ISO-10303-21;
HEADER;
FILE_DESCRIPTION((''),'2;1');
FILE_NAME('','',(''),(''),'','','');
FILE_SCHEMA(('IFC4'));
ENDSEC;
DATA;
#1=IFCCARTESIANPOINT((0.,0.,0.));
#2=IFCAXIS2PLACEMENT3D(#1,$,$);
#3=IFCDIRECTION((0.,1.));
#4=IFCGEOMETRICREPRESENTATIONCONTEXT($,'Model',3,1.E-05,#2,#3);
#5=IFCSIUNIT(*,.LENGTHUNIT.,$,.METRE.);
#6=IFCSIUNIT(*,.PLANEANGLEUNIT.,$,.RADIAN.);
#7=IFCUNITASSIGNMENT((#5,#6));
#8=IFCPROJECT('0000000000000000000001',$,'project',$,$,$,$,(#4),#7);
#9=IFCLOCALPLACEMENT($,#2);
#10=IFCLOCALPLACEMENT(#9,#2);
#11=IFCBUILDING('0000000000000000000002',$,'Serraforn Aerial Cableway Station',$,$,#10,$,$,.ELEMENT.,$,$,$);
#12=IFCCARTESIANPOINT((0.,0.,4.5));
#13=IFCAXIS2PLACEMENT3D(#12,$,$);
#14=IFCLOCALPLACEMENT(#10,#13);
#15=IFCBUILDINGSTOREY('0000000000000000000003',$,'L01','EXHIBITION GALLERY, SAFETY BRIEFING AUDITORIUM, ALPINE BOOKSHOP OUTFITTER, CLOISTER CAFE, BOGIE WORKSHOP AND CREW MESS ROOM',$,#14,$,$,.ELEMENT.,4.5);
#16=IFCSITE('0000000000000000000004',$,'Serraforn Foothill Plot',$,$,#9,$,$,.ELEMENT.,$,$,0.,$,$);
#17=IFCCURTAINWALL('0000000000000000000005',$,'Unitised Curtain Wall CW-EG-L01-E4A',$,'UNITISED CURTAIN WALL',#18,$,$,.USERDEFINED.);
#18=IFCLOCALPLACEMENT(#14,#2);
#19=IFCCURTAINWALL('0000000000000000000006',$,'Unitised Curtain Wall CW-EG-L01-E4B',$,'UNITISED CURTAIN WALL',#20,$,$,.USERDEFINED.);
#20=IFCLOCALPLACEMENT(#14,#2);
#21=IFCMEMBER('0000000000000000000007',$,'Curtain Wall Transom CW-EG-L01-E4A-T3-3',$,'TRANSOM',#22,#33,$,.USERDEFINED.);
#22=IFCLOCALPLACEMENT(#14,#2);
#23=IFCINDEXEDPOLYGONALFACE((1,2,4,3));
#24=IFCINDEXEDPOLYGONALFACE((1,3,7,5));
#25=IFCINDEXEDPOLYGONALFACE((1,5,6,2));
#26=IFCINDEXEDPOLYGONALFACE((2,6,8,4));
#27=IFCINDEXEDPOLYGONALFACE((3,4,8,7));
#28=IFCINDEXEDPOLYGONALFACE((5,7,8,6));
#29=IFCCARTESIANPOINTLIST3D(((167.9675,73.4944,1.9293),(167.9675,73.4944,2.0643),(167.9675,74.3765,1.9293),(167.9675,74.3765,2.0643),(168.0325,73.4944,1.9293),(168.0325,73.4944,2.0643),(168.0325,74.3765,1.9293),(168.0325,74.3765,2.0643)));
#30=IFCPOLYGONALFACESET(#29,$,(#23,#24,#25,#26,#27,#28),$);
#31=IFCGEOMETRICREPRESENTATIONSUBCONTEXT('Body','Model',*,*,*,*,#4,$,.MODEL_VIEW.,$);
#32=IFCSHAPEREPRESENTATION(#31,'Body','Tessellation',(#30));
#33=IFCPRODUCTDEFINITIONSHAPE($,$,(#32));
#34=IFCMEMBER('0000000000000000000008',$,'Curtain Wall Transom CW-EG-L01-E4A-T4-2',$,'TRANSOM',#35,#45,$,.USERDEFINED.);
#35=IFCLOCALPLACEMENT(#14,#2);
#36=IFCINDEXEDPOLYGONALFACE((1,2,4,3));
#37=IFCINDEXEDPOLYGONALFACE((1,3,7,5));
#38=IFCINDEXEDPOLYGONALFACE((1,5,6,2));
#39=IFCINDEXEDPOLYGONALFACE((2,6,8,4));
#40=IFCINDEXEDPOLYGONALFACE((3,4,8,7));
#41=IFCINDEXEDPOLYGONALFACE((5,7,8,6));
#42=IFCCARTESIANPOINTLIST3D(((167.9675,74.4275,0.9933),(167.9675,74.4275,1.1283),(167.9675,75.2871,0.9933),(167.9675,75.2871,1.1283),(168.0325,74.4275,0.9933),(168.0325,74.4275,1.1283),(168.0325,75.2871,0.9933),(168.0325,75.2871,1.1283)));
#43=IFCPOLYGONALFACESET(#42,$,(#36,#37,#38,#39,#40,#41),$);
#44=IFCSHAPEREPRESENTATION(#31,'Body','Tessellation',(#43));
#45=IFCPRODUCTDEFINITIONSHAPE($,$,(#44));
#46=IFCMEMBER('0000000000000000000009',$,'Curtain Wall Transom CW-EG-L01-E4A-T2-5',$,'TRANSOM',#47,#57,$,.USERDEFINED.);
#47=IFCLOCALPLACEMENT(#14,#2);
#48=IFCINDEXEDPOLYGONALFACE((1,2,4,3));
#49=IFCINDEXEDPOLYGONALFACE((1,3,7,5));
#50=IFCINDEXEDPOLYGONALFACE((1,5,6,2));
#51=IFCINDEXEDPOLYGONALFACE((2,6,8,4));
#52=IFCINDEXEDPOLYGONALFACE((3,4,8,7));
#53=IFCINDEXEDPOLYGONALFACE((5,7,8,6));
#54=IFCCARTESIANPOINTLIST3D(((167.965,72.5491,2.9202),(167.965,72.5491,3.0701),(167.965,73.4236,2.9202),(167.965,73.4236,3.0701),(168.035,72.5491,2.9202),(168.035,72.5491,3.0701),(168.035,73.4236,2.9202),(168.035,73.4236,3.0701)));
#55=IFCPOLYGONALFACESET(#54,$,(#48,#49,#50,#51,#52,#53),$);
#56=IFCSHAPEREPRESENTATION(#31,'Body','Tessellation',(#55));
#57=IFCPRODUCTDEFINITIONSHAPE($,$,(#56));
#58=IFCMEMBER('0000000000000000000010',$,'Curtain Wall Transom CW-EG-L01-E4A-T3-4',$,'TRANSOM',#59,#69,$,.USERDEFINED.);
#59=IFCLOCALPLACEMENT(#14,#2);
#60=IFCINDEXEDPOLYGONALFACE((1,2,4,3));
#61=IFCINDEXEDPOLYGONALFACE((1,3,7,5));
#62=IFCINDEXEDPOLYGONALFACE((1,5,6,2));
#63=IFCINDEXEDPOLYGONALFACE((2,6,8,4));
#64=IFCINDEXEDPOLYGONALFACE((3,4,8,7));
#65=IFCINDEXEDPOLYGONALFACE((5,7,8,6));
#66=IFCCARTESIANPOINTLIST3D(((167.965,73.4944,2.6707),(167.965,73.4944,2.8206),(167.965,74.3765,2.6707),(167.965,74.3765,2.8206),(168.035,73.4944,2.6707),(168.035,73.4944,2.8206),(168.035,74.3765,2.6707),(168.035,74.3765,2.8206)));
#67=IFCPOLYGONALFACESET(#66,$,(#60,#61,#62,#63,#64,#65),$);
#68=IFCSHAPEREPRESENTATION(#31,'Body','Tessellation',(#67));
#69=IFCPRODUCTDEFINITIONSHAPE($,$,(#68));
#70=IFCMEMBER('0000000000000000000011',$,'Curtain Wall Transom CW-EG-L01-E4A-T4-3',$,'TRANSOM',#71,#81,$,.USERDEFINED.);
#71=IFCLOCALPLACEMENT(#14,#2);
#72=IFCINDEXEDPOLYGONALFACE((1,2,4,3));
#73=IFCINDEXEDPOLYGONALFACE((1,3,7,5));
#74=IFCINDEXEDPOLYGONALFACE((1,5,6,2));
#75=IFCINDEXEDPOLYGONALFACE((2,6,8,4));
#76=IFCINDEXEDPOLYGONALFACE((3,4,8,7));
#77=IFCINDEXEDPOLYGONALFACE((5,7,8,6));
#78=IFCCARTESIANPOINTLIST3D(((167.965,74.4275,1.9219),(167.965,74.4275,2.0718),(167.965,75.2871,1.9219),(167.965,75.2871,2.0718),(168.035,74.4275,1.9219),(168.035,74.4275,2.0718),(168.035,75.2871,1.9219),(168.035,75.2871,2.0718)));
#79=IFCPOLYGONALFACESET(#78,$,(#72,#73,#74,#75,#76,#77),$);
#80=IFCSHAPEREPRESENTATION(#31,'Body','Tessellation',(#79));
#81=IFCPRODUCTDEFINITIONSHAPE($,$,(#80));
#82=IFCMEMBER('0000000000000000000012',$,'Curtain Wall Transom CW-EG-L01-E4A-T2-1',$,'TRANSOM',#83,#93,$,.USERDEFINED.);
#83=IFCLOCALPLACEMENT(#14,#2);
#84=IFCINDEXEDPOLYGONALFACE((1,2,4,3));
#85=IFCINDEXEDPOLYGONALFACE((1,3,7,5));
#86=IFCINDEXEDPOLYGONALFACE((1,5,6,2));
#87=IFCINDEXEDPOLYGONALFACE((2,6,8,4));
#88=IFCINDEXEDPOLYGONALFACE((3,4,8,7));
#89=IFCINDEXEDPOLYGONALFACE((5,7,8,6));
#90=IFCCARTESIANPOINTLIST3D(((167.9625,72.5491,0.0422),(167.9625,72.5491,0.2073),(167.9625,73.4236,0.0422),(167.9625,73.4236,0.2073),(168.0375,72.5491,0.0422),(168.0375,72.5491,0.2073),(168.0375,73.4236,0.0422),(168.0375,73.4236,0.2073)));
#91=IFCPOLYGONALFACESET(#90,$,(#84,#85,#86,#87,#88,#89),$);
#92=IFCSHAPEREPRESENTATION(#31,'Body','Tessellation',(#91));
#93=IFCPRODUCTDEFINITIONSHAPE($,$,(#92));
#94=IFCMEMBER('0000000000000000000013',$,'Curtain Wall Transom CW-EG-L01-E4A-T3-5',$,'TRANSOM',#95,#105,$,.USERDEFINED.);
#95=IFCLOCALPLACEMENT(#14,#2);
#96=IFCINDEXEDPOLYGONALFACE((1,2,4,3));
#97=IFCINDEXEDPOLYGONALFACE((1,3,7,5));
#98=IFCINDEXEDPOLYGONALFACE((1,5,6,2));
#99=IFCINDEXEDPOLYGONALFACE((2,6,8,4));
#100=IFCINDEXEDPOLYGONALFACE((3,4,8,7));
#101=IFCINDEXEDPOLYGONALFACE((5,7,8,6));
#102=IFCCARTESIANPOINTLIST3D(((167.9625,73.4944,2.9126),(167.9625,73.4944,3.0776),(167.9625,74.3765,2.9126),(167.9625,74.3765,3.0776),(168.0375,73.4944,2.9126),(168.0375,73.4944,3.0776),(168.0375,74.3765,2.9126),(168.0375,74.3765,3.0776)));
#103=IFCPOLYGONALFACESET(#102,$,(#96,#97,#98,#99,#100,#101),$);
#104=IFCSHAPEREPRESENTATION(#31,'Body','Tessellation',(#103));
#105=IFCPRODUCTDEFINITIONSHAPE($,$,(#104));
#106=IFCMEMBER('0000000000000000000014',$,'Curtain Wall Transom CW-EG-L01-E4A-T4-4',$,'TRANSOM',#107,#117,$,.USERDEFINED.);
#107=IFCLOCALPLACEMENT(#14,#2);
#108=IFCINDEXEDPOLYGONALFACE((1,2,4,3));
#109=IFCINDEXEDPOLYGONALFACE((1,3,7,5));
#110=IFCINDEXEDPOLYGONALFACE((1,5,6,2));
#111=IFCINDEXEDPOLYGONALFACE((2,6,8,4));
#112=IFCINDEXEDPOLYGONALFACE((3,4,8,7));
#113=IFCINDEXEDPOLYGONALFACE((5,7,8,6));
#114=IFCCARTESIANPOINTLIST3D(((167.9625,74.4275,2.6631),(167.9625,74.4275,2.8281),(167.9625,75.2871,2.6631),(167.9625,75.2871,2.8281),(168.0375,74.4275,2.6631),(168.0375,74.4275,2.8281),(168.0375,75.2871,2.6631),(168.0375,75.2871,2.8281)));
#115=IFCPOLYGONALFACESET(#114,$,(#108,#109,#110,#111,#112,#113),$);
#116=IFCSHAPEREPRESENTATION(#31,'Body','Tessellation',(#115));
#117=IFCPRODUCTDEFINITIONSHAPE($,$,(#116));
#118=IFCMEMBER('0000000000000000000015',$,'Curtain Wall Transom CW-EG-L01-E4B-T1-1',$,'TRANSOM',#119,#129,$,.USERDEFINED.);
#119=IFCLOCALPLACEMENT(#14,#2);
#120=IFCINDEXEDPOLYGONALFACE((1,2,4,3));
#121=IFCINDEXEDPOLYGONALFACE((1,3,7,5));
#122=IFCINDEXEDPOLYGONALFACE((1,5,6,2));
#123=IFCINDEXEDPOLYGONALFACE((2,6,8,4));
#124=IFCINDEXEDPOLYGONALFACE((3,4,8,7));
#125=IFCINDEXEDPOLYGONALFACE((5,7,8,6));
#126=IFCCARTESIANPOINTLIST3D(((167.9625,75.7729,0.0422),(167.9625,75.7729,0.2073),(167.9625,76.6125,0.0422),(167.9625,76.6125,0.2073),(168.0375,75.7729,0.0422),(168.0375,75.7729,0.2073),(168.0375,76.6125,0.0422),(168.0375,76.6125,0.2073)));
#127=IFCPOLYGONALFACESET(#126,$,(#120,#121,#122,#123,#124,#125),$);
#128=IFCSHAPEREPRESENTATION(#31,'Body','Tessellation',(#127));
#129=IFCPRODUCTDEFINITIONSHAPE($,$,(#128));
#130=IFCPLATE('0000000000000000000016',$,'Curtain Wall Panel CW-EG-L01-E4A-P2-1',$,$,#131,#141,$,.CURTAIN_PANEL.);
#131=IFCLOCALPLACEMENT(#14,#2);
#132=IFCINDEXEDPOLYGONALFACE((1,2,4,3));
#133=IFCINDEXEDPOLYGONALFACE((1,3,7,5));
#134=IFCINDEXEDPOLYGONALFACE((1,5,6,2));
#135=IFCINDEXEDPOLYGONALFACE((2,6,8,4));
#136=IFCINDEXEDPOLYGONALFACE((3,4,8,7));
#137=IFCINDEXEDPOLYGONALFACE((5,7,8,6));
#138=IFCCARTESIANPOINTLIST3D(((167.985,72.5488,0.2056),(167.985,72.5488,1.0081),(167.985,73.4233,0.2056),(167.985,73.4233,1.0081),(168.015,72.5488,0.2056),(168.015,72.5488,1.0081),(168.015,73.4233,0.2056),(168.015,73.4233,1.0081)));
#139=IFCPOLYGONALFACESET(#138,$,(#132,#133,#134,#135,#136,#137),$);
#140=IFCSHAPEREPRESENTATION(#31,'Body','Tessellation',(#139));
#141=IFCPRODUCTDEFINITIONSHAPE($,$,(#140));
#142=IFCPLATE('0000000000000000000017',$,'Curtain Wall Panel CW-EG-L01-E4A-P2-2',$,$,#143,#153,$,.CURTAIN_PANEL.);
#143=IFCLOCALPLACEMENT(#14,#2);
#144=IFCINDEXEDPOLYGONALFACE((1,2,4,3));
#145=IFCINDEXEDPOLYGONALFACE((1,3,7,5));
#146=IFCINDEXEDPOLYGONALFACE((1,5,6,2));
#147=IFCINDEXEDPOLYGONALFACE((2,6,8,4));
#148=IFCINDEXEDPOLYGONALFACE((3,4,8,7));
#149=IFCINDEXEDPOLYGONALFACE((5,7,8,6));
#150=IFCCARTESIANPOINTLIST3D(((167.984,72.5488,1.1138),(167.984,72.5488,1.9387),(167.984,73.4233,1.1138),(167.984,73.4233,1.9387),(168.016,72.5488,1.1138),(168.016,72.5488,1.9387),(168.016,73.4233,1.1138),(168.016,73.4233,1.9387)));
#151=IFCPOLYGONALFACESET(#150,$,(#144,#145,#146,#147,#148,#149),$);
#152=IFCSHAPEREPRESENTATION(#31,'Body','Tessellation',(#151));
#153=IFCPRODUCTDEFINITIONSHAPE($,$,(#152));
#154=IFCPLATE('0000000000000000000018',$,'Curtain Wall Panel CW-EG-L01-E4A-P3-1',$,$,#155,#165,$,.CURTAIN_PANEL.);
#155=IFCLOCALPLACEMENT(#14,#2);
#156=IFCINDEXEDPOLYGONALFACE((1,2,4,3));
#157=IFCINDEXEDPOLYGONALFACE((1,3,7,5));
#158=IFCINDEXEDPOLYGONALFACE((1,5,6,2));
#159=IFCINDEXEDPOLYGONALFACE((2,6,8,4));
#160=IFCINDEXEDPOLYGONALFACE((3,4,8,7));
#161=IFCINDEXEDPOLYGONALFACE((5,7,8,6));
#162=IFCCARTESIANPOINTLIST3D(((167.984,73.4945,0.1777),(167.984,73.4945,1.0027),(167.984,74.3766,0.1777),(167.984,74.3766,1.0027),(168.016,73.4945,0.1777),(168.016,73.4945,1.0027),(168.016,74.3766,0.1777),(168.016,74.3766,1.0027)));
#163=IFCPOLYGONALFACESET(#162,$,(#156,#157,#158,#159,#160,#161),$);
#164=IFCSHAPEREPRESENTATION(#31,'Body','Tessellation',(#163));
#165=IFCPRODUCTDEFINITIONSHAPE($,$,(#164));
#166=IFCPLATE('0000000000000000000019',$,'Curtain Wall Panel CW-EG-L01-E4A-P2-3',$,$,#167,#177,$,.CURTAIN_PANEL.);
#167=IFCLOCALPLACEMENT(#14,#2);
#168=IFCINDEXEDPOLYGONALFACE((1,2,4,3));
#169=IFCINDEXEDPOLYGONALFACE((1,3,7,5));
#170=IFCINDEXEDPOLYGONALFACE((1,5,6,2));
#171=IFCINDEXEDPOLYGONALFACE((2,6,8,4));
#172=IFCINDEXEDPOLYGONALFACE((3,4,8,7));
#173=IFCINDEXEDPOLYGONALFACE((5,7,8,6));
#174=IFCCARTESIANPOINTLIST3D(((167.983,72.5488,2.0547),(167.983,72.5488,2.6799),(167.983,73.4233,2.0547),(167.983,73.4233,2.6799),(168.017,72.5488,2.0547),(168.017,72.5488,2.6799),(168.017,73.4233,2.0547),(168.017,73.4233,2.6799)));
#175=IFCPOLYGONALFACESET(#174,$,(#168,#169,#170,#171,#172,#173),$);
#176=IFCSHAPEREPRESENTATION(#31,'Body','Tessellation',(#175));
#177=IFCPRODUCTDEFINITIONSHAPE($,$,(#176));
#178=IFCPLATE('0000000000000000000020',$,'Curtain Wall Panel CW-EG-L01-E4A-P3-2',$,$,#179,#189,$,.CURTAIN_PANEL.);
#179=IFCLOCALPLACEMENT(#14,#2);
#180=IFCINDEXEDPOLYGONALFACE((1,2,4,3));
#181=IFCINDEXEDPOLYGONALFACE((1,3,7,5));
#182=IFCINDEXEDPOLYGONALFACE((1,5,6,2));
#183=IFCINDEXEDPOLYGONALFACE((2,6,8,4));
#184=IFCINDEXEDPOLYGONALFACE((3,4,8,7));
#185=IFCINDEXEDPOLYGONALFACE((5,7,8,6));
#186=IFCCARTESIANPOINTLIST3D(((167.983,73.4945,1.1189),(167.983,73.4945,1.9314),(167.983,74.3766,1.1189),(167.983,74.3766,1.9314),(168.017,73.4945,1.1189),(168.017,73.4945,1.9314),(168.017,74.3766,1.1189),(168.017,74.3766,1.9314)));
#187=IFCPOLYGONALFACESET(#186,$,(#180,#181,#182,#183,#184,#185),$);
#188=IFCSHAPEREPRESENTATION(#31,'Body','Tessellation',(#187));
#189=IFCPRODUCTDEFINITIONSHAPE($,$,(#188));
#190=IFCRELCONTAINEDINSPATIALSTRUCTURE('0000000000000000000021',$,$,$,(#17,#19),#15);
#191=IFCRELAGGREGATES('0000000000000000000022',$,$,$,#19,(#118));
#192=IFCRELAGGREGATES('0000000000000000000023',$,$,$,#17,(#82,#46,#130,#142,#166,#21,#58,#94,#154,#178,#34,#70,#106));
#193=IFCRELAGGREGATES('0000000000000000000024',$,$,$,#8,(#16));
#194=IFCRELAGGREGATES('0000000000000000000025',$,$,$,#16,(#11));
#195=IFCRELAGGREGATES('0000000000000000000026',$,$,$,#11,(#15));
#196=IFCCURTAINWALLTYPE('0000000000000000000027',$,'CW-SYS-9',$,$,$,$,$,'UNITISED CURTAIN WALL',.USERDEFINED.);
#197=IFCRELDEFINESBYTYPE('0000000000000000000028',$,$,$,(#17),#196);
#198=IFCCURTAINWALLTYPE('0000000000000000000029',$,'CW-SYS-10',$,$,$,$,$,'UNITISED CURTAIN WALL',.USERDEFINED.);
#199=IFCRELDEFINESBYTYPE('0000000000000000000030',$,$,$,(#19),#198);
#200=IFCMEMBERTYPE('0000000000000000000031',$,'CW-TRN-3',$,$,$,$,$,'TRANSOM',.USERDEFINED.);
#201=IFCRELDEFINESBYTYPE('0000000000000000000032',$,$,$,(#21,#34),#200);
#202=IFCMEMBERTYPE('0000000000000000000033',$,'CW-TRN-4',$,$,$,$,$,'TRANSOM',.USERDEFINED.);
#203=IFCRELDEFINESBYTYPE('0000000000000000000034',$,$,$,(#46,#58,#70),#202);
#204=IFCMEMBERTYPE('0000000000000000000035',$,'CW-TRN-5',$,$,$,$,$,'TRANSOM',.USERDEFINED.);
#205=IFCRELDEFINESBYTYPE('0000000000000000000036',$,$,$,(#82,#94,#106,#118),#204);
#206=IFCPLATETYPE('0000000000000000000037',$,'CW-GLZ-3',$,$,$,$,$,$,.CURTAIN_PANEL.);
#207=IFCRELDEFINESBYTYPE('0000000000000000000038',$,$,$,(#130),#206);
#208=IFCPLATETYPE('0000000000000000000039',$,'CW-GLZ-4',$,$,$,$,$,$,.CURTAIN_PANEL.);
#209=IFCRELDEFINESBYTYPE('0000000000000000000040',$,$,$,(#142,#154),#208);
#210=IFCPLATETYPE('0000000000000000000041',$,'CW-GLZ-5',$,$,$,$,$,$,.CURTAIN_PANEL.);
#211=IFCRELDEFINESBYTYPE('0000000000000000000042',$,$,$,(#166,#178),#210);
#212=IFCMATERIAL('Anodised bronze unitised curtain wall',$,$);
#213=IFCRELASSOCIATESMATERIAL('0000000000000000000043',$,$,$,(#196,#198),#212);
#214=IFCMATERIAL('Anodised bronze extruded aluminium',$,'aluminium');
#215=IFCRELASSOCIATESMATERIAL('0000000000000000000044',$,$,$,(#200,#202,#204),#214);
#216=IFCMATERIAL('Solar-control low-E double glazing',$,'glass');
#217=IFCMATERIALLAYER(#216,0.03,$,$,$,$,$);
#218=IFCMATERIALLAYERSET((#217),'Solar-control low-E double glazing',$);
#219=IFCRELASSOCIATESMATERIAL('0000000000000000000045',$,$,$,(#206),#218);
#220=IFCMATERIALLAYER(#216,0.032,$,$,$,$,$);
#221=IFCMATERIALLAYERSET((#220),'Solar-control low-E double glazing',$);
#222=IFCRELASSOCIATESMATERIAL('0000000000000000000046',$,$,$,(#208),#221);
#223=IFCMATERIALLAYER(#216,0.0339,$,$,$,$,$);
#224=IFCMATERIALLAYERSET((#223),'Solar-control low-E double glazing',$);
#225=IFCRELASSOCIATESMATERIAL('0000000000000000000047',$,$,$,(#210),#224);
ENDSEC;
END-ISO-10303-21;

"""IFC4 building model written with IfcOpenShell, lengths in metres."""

from ifc_helpers import new_model, si_unit, direction, frame, origin, origin_2d, place, context, subcontext, project, spatial, rectangle, extrude, material, layer, layer_set, material_profile, profile_set, type_object, element, aggregate, save


model = new_model("IFC4")

# Units and contexts
model_context = context("Model", 3, precision=1e-05, world=origin(), true_north=direction((0.0, 1.0)))
body_context = subcontext(model_context, "Body", "Model", "MODEL_VIEW")
ifc_project = project(units=[si_unit("LENGTHUNIT", "METRE"), si_unit("PLANEANGLEUNIT", "RADIAN")], contexts=[model_context])

# Site, building, storey
site_placement = place(None, origin())
site = spatial("IfcSite", under=ifc_project, at=site_placement, Name="Serraforn Foothill Plot", CompositionType="ELEMENT", RefElevation=0.0)
building_placement = place(site_placement, origin())
building = spatial("IfcBuilding", under=site, at=building_placement, Name="Serraforn Aerial Cableway Station", CompositionType="ELEMENT")
storey_placement = place(building_placement, frame((0.0, 0.0, 4.5)))
storey = spatial("IfcBuildingStorey", under=building, at=storey_placement, Name="L01", Description="EXHIBITION GALLERY, SAFETY BRIEFING AUDITORIUM, ALPINE BOOKSHOP OUTFITTER, CLOISTER CAFE, BOGIE WORKSHOP AND CREW MESS ROOM", CompositionType="ELEMENT", Elevation=4.5)

# Curtain wall
ifc_material_1 = material(Name="Anodised bronze unitised curtain wall")
curtain_wall_type_1 = type_object("IfcCurtainWallType", Name="CW-SYS-9", ElementType="UNITISED CURTAIN WALL", PredefinedType="USERDEFINED", material=ifc_material_1)
curtain_wall_1_placement = place(storey_placement, origin())
curtain_wall_1 = element("IfcCurtainWall", 1, at=curtain_wall_1_placement, inside=storey, type_object=curtain_wall_type_1, Name="Unitised Curtain Wall CW-EG-L01-E4A", ObjectType="UNITISED CURTAIN WALL", PredefinedType="USERDEFINED")
ifc_material_2 = material(Name="Anodised bronze extruded aluminium", Category="aluminium")

# Curtain wall
curtain_wall_type_2 = type_object("IfcCurtainWallType", Name="CW-SYS-10", ElementType="UNITISED CURTAIN WALL", PredefinedType="USERDEFINED", material=ifc_material_1)
curtain_wall_2_placement = place(storey_placement, origin())
curtain_wall_2 = element("IfcCurtainWall", 2, at=curtain_wall_2_placement, inside=storey, type_object=curtain_wall_type_2, Name="Unitised Curtain Wall CW-EG-L01-E4B", ObjectType="UNITISED CURTAIN WALL", PredefinedType="USERDEFINED")

# Members
ifc_material_profile_1 = material_profile(ifc_material_2, rectangle(XDim=0.0649, YDim=0.135, at=origin_2d()), Name="CW TRANSOM 65x135")
ifc_profile_set_1 = profile_set([ifc_material_profile_1], Name="Anodised bronze extruded aluminium")
member_type_1 = type_object("IfcMemberType", Name="CW-TRN-3", ElementType="TRANSOM", PredefinedType="USERDEFINED", material=ifc_profile_set_1)
member_1_placement = place(storey_placement, frame((168.0, 73.4944, 1.9968), z_axis=(0.0, 1.0, 0.0), x_axis=(-1.0, 0.0, 0.0)))
member_1 = element("IfcMember", 3, at=member_1_placement, type_object=member_type_1, Name="Curtain Wall Transom CW-EG-L01-E4A-T3-3", ObjectType="TRANSOM", PredefinedType="USERDEFINED", context=body_context, shape_type="SweptSolid", body=[
    extrude(rectangle(XDim=0.0649, YDim=0.135, at=origin_2d()), origin(), (0.0, 0.0, 1.0), 0.8821),
])
member_2_placement = place(storey_placement, frame((168.0, 74.4275, 1.0608), z_axis=(0.0, 1.0, 0.0), x_axis=(-1.0, 0.0, 0.0)))
member_2 = element("IfcMember", 4, at=member_2_placement, type_object=member_type_1, Name="Curtain Wall Transom CW-EG-L01-E4A-T4-2", ObjectType="TRANSOM", PredefinedType="USERDEFINED", context=body_context, shape_type="SweptSolid", body=[
    extrude(rectangle(XDim=0.0649, YDim=0.135, at=origin_2d()), origin(), (0.0, 0.0, 1.0), 0.8596),
])
ifc_material_profile_2 = material_profile(ifc_material_2, rectangle(XDim=0.0701, YDim=0.1499, at=origin_2d()), Name="CW TRANSOM 70x150")
ifc_profile_set_2 = profile_set([ifc_material_profile_2], Name="Anodised bronze extruded aluminium")
member_type_2 = type_object("IfcMemberType", Name="CW-TRN-4", ElementType="TRANSOM", PredefinedType="USERDEFINED", material=ifc_profile_set_2)
member_3_placement = place(storey_placement, frame((168.0, 72.5491, 2.9951), z_axis=(0.0, 1.0, 0.0), x_axis=(-1.0, 0.0, 0.0)))
member_3 = element("IfcMember", 5, at=member_3_placement, type_object=member_type_2, Name="Curtain Wall Transom CW-EG-L01-E4A-T2-5", ObjectType="TRANSOM", PredefinedType="USERDEFINED", context=body_context, shape_type="SweptSolid", body=[
    extrude(rectangle(XDim=0.0701, YDim=0.1499, at=origin_2d()), origin(), (0.0, 0.0, 1.0), 0.8745),
])
member_4_placement = place(storey_placement, frame((168.0, 73.4944, 2.7456), z_axis=(0.0, 1.0, 0.0), x_axis=(-1.0, 0.0, 0.0)))
member_4 = element("IfcMember", 6, at=member_4_placement, type_object=member_type_2, Name="Curtain Wall Transom CW-EG-L01-E4A-T3-4", ObjectType="TRANSOM", PredefinedType="USERDEFINED", context=body_context, shape_type="SweptSolid", body=[
    extrude(rectangle(XDim=0.0701, YDim=0.1499, at=origin_2d()), origin(), (0.0, 0.0, 1.0), 0.8821),
])
member_5_placement = place(storey_placement, frame((168.0, 74.4275, 1.9968), z_axis=(0.0, 1.0, 0.0), x_axis=(-1.0, 0.0, 0.0)))
member_5 = element("IfcMember", 7, at=member_5_placement, type_object=member_type_2, Name="Curtain Wall Transom CW-EG-L01-E4A-T4-3", ObjectType="TRANSOM", PredefinedType="USERDEFINED", context=body_context, shape_type="SweptSolid", body=[
    extrude(rectangle(XDim=0.0701, YDim=0.1499, at=origin_2d()), origin(), (0.0, 0.0, 1.0), 0.8596),
])
ifc_material_profile_3 = material_profile(ifc_material_2, rectangle(XDim=0.075, YDim=0.165, at=origin_2d()), Name="CW TRANSOM 75x165")
ifc_profile_set_3 = profile_set([ifc_material_profile_3], Name="Anodised bronze extruded aluminium")
member_type_3 = type_object("IfcMemberType", Name="CW-TRN-5", ElementType="TRANSOM", PredefinedType="USERDEFINED", material=ifc_profile_set_3)
member_6_placement = place(storey_placement, frame((168.0, 72.5491, 0.1248), z_axis=(0.0, 1.0, 0.0), x_axis=(-1.0, 0.0, 0.0)))
member_6 = element("IfcMember", 8, at=member_6_placement, type_object=member_type_3, Name="Curtain Wall Transom CW-EG-L01-E4A-T2-1", ObjectType="TRANSOM", PredefinedType="USERDEFINED", context=body_context, shape_type="SweptSolid", body=[
    extrude(rectangle(XDim=0.075, YDim=0.165, at=origin_2d()), origin(), (0.0, 0.0, 1.0), 0.8745),
])
member_7_placement = place(storey_placement, frame((168.0, 73.4944, 2.9951), z_axis=(0.0, 1.0, 0.0), x_axis=(-1.0, 0.0, 0.0)))
member_7 = element("IfcMember", 9, at=member_7_placement, type_object=member_type_3, Name="Curtain Wall Transom CW-EG-L01-E4A-T3-5", ObjectType="TRANSOM", PredefinedType="USERDEFINED", context=body_context, shape_type="SweptSolid", body=[
    extrude(rectangle(XDim=0.075, YDim=0.165, at=origin_2d()), origin(), (0.0, 0.0, 1.0), 0.8821),
])
member_8_placement = place(storey_placement, frame((168.0, 74.4275, 2.7456), z_axis=(0.0, 1.0, 0.0), x_axis=(-1.0, 0.0, 0.0)))
member_8 = element("IfcMember", 10, at=member_8_placement, type_object=member_type_3, Name="Curtain Wall Transom CW-EG-L01-E4A-T4-4", ObjectType="TRANSOM", PredefinedType="USERDEFINED", context=body_context, shape_type="SweptSolid", body=[
    extrude(rectangle(XDim=0.075, YDim=0.165, at=origin_2d()), origin(), (0.0, 0.0, 1.0), 0.8596),
])
member_9_placement = place(storey_placement, frame((168.0, 75.7729, 0.1248), z_axis=(0.0, 1.0, 0.0), x_axis=(-1.0, 0.0, 0.0)))
member_9 = element("IfcMember", 11, at=member_9_placement, type_object=member_type_3, Name="Curtain Wall Transom CW-EG-L01-E4B-T1-1", ObjectType="TRANSOM", PredefinedType="USERDEFINED", context=body_context, shape_type="SweptSolid", body=[
    extrude(rectangle(XDim=0.075, YDim=0.165, at=origin_2d()), origin(), (0.0, 0.0, 1.0), 0.8396),
])
aggregate(curtain_wall_2, [member_9])

# Plates
ifc_material_3 = material(Name="Solar-control low-E double glazing", Category="glass")
ifc_layer_1 = layer(ifc_material_3, 0.03)
ifc_layer_set_1 = layer_set([ifc_layer_1], Name="Solar-control low-E double glazing")
plate_type_1 = type_object("IfcPlateType", Name="CW-GLZ-3", PredefinedType="CURTAIN_PANEL", material=ifc_layer_set_1)
plate_1_placement = place(storey_placement, frame((168.0, 72.9861, 0.2056), z_axis=(0.0, 0.0, 1.0), x_axis=(1.0, 0.0, 0.0)))
plate_1 = element("IfcPlate", 12, at=plate_1_placement, type_object=plate_type_1, Name="Curtain Wall Panel CW-EG-L01-E4A-P2-1", PredefinedType="CURTAIN_PANEL", context=body_context, shape_type="SweptSolid", body=[
    extrude(rectangle(XDim=0.03, YDim=0.8745, at=origin_2d()), origin(), (0.0, 0.0, 1.0), 0.8025),
])
ifc_layer_2 = layer(ifc_material_3, 0.032)
ifc_layer_set_2 = layer_set([ifc_layer_2], Name="Solar-control low-E double glazing")
plate_type_2 = type_object("IfcPlateType", Name="CW-GLZ-4", PredefinedType="CURTAIN_PANEL", material=ifc_layer_set_2)
plate_2_placement = place(storey_placement, frame((168.0, 72.9861, 1.1138), z_axis=(0.0, 0.0, 1.0), x_axis=(1.0, 0.0, 0.0)))
plate_2 = element("IfcPlate", 13, at=plate_2_placement, type_object=plate_type_2, Name="Curtain Wall Panel CW-EG-L01-E4A-P2-2", PredefinedType="CURTAIN_PANEL", context=body_context, shape_type="SweptSolid", body=[
    extrude(rectangle(XDim=0.032, YDim=0.8745, at=origin_2d()), origin(), (0.0, 0.0, 1.0), 0.825),
])
plate_3_placement = place(storey_placement, frame((168.0, 73.9355, 0.1777), z_axis=(0.0, 0.0, 1.0), x_axis=(1.0, 0.0, 0.0)))
plate_3 = element("IfcPlate", 14, at=plate_3_placement, type_object=plate_type_2, Name="Curtain Wall Panel CW-EG-L01-E4A-P3-1", PredefinedType="CURTAIN_PANEL", context=body_context, shape_type="SweptSolid", body=[
    extrude(rectangle(XDim=0.032, YDim=0.8821, at=origin_2d()), origin(), (0.0, 0.0, 1.0), 0.825),
])
ifc_layer_3 = layer(ifc_material_3, 0.0339)
ifc_layer_set_3 = layer_set([ifc_layer_3], Name="Solar-control low-E double glazing")
plate_type_3 = type_object("IfcPlateType", Name="CW-GLZ-5", PredefinedType="CURTAIN_PANEL", material=ifc_layer_set_3)
plate_4_placement = place(storey_placement, frame((168.0, 72.9861, 2.0547), z_axis=(0.0, 0.0, 1.0), x_axis=(1.0, 0.0, 0.0)))
plate_4 = element("IfcPlate", 15, at=plate_4_placement, type_object=plate_type_3, Name="Curtain Wall Panel CW-EG-L01-E4A-P2-3", PredefinedType="CURTAIN_PANEL", context=body_context, shape_type="SweptSolid", body=[
    extrude(rectangle(XDim=0.0339, YDim=0.8745, at=origin_2d()), origin(), (0.0, 0.0, 1.0), 0.6252),
])
plate_5_placement = place(storey_placement, frame((168.0, 73.9355, 1.1189), z_axis=(0.0, 0.0, 1.0), x_axis=(1.0, 0.0, 0.0)))
plate_5 = element("IfcPlate", 16, at=plate_5_placement, type_object=plate_type_3, Name="Curtain Wall Panel CW-EG-L01-E4A-P3-2", PredefinedType="CURTAIN_PANEL", context=body_context, shape_type="SweptSolid", body=[
    extrude(rectangle(XDim=0.0339, YDim=0.8821, at=origin_2d()), origin(), (0.0, 0.0, 1.0), 0.8125),
])
aggregate(curtain_wall_1, [member_6, member_3, plate_1, plate_2, plate_4, member_1, member_4, member_7, plate_3, plate_5, member_2, member_5, member_8])

save(model, "model.ifc")
